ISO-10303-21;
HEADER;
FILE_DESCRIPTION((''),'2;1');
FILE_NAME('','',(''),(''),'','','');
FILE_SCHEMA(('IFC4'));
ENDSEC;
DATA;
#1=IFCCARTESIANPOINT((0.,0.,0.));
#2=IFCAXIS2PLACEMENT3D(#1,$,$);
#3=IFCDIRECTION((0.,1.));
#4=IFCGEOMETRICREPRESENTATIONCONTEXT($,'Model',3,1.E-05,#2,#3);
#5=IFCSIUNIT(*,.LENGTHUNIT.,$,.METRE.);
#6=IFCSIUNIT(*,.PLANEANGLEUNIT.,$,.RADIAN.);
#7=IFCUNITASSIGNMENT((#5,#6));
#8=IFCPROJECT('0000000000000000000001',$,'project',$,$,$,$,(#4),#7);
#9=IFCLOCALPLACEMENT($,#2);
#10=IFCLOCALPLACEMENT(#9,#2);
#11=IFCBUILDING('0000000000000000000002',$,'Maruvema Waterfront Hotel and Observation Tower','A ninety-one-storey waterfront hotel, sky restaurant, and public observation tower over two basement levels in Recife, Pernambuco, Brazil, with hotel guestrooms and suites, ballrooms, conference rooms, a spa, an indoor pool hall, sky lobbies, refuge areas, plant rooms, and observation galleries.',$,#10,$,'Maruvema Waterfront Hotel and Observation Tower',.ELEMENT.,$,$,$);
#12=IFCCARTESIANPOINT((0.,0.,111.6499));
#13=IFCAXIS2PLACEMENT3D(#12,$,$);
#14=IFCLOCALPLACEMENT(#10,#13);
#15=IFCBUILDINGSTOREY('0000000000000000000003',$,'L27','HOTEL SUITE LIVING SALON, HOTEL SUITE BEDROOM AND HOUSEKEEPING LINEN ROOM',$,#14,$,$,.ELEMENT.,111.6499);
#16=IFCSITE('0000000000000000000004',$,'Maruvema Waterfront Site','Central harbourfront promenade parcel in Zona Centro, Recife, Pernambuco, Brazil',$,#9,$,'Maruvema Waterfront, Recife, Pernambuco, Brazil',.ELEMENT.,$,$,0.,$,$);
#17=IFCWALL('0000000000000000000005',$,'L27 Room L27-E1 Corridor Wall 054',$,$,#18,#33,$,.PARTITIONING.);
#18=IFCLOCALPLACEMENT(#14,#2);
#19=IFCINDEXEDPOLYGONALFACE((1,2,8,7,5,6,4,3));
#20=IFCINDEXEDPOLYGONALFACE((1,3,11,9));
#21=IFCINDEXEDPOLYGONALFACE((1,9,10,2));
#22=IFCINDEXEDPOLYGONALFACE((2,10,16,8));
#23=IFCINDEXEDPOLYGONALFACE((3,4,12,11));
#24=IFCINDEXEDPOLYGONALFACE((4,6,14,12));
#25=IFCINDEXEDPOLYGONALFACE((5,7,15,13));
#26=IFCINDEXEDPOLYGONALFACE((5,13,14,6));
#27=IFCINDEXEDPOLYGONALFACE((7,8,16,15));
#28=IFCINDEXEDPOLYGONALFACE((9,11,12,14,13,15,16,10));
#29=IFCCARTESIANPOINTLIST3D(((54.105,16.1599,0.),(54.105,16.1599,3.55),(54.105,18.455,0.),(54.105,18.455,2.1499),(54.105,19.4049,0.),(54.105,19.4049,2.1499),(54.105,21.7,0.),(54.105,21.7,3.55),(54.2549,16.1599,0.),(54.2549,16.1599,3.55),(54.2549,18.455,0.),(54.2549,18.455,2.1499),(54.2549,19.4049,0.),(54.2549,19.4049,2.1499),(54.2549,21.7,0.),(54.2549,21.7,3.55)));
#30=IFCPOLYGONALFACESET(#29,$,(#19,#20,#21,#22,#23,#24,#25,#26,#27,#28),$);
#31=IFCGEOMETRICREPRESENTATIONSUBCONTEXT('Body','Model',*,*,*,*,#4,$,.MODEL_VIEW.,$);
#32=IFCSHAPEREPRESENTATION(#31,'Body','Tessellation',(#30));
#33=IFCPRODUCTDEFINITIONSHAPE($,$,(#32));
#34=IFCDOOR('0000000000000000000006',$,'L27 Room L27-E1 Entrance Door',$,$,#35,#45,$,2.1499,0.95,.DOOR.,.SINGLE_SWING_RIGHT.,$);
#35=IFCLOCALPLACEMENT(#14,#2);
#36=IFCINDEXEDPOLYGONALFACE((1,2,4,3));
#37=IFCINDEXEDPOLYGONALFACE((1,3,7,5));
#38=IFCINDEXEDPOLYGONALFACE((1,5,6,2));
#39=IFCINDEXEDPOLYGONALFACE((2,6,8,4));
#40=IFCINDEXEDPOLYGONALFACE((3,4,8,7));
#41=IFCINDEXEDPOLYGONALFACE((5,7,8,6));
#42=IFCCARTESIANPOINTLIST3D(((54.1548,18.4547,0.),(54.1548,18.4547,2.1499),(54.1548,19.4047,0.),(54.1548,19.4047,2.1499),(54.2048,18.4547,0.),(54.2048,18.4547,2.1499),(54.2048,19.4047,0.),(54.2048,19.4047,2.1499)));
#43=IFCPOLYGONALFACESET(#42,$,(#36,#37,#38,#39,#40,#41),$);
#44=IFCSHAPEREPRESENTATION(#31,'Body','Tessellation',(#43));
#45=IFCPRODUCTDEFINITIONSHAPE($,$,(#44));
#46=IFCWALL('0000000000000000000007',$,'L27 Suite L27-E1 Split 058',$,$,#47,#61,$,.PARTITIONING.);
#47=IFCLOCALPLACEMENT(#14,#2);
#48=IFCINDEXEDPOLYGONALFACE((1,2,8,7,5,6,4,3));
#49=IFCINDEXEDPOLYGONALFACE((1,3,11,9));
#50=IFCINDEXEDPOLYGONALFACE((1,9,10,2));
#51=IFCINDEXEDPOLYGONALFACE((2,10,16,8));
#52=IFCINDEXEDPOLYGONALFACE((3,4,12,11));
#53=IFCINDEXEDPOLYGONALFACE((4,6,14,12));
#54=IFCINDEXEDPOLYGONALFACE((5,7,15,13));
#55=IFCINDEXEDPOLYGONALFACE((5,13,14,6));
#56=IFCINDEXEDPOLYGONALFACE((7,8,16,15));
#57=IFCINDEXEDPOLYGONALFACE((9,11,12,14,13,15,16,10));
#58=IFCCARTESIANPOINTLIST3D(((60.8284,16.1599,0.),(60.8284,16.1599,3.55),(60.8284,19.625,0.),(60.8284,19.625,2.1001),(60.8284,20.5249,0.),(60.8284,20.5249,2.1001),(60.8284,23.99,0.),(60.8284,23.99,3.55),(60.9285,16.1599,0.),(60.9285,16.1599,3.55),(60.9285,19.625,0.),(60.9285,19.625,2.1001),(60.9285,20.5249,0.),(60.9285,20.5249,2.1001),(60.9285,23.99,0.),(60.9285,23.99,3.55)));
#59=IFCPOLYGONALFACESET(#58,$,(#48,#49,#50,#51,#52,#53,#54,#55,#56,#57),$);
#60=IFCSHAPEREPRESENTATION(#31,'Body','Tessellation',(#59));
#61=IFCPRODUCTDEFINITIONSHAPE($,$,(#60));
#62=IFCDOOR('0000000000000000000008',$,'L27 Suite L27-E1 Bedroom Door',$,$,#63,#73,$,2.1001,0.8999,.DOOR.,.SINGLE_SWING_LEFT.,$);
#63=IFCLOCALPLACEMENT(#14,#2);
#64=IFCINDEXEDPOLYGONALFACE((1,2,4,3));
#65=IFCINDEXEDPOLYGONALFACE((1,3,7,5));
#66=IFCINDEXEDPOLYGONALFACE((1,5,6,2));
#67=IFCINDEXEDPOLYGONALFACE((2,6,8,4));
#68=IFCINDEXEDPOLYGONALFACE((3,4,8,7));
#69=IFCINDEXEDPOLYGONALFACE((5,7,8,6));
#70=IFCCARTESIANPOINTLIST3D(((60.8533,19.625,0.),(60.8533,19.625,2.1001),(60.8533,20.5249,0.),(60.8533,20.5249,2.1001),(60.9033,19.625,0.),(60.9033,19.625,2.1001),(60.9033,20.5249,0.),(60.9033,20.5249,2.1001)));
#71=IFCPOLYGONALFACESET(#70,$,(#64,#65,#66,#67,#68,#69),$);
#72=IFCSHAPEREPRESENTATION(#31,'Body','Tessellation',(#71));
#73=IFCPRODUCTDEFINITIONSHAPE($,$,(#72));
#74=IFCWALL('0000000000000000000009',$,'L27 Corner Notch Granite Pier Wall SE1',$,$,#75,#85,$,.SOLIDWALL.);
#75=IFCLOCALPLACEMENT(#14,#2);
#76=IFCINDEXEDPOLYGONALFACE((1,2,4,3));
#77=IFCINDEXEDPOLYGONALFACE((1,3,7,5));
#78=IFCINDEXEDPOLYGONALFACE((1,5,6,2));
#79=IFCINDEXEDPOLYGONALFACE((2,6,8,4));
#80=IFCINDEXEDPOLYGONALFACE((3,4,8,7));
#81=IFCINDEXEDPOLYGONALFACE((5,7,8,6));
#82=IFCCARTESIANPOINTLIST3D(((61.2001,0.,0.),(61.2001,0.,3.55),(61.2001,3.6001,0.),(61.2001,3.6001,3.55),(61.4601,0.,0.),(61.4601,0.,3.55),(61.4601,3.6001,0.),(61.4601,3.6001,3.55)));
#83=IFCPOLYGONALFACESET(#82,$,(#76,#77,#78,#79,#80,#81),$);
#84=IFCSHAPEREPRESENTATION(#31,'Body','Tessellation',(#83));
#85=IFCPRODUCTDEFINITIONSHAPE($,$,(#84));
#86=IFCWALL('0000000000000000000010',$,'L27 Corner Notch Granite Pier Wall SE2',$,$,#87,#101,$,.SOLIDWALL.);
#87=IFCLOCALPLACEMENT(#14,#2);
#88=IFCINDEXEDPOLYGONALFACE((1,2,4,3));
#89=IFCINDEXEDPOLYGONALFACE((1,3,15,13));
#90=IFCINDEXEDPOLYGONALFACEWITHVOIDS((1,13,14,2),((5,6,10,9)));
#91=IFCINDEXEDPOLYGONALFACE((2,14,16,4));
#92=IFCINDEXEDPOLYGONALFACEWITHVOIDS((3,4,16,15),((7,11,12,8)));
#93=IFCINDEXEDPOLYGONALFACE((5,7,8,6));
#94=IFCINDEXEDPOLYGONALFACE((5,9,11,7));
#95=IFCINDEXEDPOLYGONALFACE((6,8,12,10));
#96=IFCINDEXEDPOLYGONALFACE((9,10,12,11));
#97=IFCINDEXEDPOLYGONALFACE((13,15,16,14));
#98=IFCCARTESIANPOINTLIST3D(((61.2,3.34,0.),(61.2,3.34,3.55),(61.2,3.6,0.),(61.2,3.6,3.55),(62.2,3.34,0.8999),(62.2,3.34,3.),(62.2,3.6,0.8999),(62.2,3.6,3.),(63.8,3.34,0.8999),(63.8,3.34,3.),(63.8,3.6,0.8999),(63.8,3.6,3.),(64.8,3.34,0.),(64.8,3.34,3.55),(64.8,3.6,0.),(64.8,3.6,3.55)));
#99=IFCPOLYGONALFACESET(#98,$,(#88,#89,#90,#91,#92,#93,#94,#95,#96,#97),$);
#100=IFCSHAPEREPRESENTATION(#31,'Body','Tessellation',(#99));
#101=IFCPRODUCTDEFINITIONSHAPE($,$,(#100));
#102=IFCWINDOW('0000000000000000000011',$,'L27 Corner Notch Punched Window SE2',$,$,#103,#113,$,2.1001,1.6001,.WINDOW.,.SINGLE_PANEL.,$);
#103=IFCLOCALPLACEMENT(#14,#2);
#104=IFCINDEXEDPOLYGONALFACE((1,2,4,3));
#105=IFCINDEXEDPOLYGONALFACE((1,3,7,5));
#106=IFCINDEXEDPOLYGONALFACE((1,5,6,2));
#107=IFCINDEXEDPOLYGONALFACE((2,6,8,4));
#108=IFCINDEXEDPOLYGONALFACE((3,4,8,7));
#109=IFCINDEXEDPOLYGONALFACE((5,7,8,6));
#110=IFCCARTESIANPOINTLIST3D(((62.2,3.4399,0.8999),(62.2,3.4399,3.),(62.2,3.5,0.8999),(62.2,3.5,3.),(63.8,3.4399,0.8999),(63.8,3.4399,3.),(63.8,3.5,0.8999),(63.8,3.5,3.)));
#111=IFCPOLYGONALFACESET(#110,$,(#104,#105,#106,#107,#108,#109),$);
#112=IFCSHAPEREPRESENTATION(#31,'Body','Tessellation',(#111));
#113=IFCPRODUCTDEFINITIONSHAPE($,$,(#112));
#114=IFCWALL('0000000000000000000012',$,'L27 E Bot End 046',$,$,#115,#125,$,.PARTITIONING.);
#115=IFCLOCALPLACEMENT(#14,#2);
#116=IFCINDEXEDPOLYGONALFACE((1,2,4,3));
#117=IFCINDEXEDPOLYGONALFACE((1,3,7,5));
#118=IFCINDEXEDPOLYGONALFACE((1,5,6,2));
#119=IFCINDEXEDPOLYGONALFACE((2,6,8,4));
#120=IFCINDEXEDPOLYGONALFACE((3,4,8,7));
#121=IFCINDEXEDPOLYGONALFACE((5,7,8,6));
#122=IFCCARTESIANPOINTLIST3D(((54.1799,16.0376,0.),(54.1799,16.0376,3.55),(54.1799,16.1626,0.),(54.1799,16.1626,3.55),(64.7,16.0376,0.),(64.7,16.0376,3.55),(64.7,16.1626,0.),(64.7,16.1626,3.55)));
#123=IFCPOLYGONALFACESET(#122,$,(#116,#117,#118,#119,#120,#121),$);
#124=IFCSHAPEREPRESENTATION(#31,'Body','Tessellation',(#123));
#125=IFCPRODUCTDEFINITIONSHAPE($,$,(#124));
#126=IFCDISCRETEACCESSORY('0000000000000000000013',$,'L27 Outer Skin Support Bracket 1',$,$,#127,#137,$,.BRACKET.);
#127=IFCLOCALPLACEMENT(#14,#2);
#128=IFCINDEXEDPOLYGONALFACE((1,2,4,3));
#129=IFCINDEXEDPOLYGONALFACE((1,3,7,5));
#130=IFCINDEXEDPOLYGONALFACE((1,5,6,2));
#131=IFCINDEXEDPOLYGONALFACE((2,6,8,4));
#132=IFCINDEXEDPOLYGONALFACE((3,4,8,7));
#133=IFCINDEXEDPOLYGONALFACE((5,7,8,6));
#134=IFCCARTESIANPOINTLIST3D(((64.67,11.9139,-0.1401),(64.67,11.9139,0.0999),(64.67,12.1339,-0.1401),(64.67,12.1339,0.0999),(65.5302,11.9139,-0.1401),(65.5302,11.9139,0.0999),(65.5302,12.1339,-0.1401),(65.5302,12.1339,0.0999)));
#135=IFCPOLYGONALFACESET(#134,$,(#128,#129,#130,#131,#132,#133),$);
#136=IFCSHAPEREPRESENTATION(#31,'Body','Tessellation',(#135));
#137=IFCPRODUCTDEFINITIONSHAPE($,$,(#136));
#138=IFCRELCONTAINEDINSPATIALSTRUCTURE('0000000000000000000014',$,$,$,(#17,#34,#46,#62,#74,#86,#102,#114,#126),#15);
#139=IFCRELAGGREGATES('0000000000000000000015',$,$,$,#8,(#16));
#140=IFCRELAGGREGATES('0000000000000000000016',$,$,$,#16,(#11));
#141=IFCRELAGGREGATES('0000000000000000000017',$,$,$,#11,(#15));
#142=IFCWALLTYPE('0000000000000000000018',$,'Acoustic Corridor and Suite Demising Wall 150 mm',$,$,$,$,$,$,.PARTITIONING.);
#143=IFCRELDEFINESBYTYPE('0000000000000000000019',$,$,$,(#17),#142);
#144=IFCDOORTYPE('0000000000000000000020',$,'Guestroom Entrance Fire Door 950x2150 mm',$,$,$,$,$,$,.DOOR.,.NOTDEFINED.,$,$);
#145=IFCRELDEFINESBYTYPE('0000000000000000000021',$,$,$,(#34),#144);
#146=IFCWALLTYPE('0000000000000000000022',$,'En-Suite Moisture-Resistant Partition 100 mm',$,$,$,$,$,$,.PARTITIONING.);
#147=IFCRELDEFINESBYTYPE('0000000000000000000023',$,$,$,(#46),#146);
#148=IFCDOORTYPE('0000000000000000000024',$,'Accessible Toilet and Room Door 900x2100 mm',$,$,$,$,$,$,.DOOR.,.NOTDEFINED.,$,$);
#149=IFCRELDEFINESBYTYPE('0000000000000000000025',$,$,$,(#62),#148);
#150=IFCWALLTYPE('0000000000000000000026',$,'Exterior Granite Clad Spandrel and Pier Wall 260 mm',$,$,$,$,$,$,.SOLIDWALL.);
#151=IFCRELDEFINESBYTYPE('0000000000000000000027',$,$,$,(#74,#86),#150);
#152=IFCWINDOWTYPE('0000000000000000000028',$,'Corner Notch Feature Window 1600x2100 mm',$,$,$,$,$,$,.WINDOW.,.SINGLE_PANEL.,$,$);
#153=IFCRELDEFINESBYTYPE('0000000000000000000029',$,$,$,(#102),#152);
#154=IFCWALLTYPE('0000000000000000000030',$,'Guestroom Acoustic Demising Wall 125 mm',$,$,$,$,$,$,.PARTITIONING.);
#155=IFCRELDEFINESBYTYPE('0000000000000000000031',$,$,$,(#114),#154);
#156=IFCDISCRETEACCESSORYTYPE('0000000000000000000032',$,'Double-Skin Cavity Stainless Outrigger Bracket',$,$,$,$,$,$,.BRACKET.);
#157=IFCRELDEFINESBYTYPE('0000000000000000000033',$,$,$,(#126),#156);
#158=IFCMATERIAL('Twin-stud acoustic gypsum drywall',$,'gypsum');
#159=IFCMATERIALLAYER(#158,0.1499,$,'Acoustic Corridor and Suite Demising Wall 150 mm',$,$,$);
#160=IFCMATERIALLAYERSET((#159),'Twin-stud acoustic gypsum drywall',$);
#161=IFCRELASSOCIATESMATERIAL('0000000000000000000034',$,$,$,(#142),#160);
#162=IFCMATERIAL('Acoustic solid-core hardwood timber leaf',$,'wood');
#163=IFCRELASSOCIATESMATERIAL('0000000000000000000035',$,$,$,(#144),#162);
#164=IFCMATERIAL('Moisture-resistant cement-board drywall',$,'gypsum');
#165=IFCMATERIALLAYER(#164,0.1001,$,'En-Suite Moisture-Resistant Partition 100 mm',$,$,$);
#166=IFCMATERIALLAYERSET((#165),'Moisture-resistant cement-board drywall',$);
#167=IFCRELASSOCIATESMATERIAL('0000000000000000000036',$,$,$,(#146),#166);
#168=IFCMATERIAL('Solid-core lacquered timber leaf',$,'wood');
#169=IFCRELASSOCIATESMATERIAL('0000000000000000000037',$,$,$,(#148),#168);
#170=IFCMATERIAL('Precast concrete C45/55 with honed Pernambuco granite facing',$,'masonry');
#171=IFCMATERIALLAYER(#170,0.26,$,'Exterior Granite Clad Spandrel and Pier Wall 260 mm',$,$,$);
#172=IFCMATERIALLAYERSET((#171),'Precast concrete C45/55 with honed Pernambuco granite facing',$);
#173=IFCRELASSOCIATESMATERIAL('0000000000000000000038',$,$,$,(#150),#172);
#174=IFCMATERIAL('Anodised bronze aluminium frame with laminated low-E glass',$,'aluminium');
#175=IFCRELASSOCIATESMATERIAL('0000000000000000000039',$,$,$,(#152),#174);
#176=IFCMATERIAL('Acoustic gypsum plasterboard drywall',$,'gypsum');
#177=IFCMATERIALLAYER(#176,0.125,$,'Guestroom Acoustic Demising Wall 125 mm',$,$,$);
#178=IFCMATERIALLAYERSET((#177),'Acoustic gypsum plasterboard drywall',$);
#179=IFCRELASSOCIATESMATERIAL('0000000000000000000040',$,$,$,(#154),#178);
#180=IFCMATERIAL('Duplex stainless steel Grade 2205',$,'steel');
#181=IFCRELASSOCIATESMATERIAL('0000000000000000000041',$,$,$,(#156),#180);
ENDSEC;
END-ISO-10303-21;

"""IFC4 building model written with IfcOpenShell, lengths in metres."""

from ifc_helpers import new_model, si_unit, direction, frame, frame_2d, origin, origin_2d, place, context, subcontext, project, spatial, rectangle, extrude, material, layer, layer_set, type_object, element, fill, save


model = new_model("IFC4")

# Units and contexts
model_context = context("Model", 3, precision=1e-05, world=origin(), true_north=direction((0.0, 1.0)))
body_context = subcontext(model_context, "Body", "Model", "MODEL_VIEW")
ifc_project = project(units=[si_unit("LENGTHUNIT", "METRE"), si_unit("PLANEANGLEUNIT", "RADIAN")], contexts=[model_context])

# Site, building, storey
site_placement = place(None, origin())
site = spatial("IfcSite", under=ifc_project, at=site_placement, Name="Maruvema Waterfront Site", Description="Central harbourfront promenade parcel in Zona Centro, Recife, Pernambuco, Brazil", LongName="Maruvema Waterfront, Recife, Pernambuco, Brazil", CompositionType="ELEMENT", RefElevation=0.0)
building_placement = place(site_placement, origin())
building = spatial("IfcBuilding", under=site, at=building_placement, Name="Maruvema Waterfront Hotel and Observation Tower", Description="A ninety-one-storey waterfront hotel, sky restaurant, and public observation tower over two basement levels in Recife, Pernambuco, Brazil, with hotel guestrooms and suites, ballrooms, conference rooms, a spa, an indoor pool hall, sky lobbies, refuge areas, plant rooms, and observation galleries.", LongName="Maruvema Waterfront Hotel and Observation Tower", CompositionType="ELEMENT")
storey_placement = place(building_placement, frame((0.0, 0.0, 111.6499)))
storey = spatial("IfcBuildingStorey", under=building, at=storey_placement, Name="L27", Description="HOTEL SUITE LIVING SALON, HOTEL SUITE BEDROOM AND HOUSEKEEPING LINEN ROOM", CompositionType="ELEMENT", Elevation=111.6499)

# Walls, openings, doors
ifc_material_1 = material(Name="Twin-stud acoustic gypsum drywall", Category="gypsum")
ifc_layer_1 = layer(ifc_material_1, 0.1499, Name="Acoustic Corridor and Suite Demising Wall 150 mm")
ifc_layer_set_1 = layer_set([ifc_layer_1], Name="Twin-stud acoustic gypsum drywall")
wall_type_1 = type_object("IfcWallType", Name="Acoustic Corridor and Suite Demising Wall 150 mm", PredefinedType="PARTITIONING", material=ifc_layer_set_1)
wall_1_placement = place(storey_placement, frame((54.1799, 16.1599, 0.0), z_axis=(0.0, 0.0, 1.0), x_axis=(0.0, 1.0, 0.0)))
wall_1 = element("IfcWall", 1, at=wall_1_placement, inside=storey, type_object=wall_type_1, Name="L27 Room L27-E1 Corridor Wall 054", PredefinedType="PARTITIONING", context=body_context, shape_type="SweptSolid", body=[
    extrude(rectangle(XDim=5.54, YDim=0.1499, at=frame_2d((2.77, 0.0))), origin(), (0.0, 0.0, 1.0), 3.55),
])
opening_1_placement = place(wall_1_placement, frame((2.2949, 0.0, 0.0)))
opening_1 = element("IfcOpeningElement", 2, at=opening_1_placement, cuts=wall_1, PredefinedType="OPENING", context=body_context, shape_type="SweptSolid", body=[
    extrude(rectangle(XDim=0.95, YDim=2.1499, at=frame_2d((0.4751, 1.075))), frame((0.0, 0.085, 0.0), z_axis=(0.0, -1.0, 0.0), x_axis=(1.0, 0.0, 0.0)), (0.0, 0.0, 1.0), 0.1699),
])
ifc_material_2 = material(Name="Acoustic solid-core hardwood timber leaf", Category="wood")
door_type_1 = type_object("IfcDoorType", Name="Guestroom Entrance Fire Door 950x2150 mm", OperationType="NOTDEFINED", PredefinedType="DOOR", material=ifc_material_2)
door_1_placement = place(opening_1_placement, frame((0.95, 0.0, 0.0), z_axis=(0.0, 0.0, 1.0), x_axis=(-1.0, 0.0, 0.0)))
door_1 = element("IfcDoor", 3, at=door_1_placement, inside=storey, type_object=door_type_1, Name="L27 Room L27-E1 Entrance Door", OperationType="SINGLE_SWING_RIGHT", OverallHeight=2.1499, OverallWidth=0.95, PredefinedType="DOOR", context=body_context, shape_type="SweptSolid", body=[
    extrude(rectangle(XDim=0.95, YDim=2.1499, at=frame_2d((0.4751, 1.075))), frame((0.0, 0.0249, 0.0), z_axis=(0.0, -1.0, 0.0), x_axis=(1.0, 0.0, 0.0)), (0.0, 0.0, 1.0), 0.05),
])
fill(opening_1, door_1)
ifc_material_3 = material(Name="Moisture-resistant cement-board drywall", Category="gypsum")
ifc_layer_2 = layer(ifc_material_3, 0.1001, Name="En-Suite Moisture-Resistant Partition 100 mm")
ifc_layer_set_2 = layer_set([ifc_layer_2], Name="Moisture-resistant cement-board drywall")
wall_type_2 = type_object("IfcWallType", Name="En-Suite Moisture-Resistant Partition 100 mm", PredefinedType="PARTITIONING", material=ifc_layer_set_2)
wall_2_placement = place(storey_placement, frame((60.8784, 16.1599, 0.0), z_axis=(0.0, 0.0, 1.0), x_axis=(0.0, 1.0, 0.0)))
wall_2 = element("IfcWall", 4, at=wall_2_placement, inside=storey, type_object=wall_type_2, Name="L27 Suite L27-E1 Split 058", PredefinedType="PARTITIONING", context=body_context, shape_type="SweptSolid", body=[
    extrude(rectangle(XDim=7.8301, YDim=0.1001, at=frame_2d((3.915, 0.0))), origin(), (0.0, 0.0, 1.0), 3.55),
])
opening_2_placement = place(wall_2_placement, frame((3.4651, 0.0, 0.0)))
opening_2 = element("IfcOpeningElement", 5, at=opening_2_placement, cuts=wall_2, PredefinedType="OPENING", context=body_context, shape_type="SweptSolid", body=[
    extrude(rectangle(XDim=0.8999, YDim=2.1001, at=frame_2d((0.45, 1.05))), frame((0.0, 0.0601, 0.0), z_axis=(0.0, -1.0, 0.0), x_axis=(1.0, 0.0, 0.0)), (0.0, 0.0, 1.0), 0.1201),
])
ifc_material_4 = material(Name="Solid-core lacquered timber leaf", Category="wood")
door_type_2 = type_object("IfcDoorType", Name="Accessible Toilet and Room Door 900x2100 mm", OperationType="NOTDEFINED", PredefinedType="DOOR", material=ifc_material_4)
door_2_placement = place(opening_2_placement, frame((0.8999, 0.0, 0.0), z_axis=(0.0, 0.0, 1.0), x_axis=(-1.0, 0.0, 0.0)))
door_2 = element("IfcDoor", 6, at=door_2_placement, inside=storey, type_object=door_type_2, Name="L27 Suite L27-E1 Bedroom Door", OperationType="SINGLE_SWING_LEFT", OverallHeight=2.1001, OverallWidth=0.8999, PredefinedType="DOOR", context=body_context, shape_type="SweptSolid", body=[
    extrude(rectangle(XDim=0.8999, YDim=2.1001, at=frame_2d((0.45, 1.05))), frame((0.0, 0.0249, 0.0), z_axis=(0.0, -1.0, 0.0), x_axis=(1.0, 0.0, 0.0)), (0.0, 0.0, 1.0), 0.05),
])
fill(opening_2, door_2)

# Wall
ifc_material_5 = material(Name="Precast concrete C45/55 with honed Pernambuco granite facing", Category="masonry")
ifc_layer_3 = layer(ifc_material_5, 0.26, Name="Exterior Granite Clad Spandrel and Pier Wall 260 mm")
ifc_layer_set_3 = layer_set([ifc_layer_3], Name="Precast concrete C45/55 with honed Pernambuco granite facing")
wall_type_3 = type_object("IfcWallType", Name="Exterior Granite Clad Spandrel and Pier Wall 260 mm", PredefinedType="SOLIDWALL", material=ifc_layer_set_3)
wall_3_placement = place(storey_placement, frame((61.3301, 3.6001, 0.0), z_axis=(0.0, 0.0, 1.0), x_axis=(0.0, -1.0, 0.0)))
element("IfcWall", 7, at=wall_3_placement, inside=storey, type_object=wall_type_3, Name="L27 Corner Notch Granite Pier Wall SE1", PredefinedType="SOLIDWALL", context=body_context, shape_type="SweptSolid", body=[
    extrude(rectangle(XDim=3.6001, YDim=0.26, at=frame_2d((1.8, 0.0))), origin(), (0.0, 0.0, 1.0), 3.55),
])

# Wall, opening, window
wall_4_placement = place(storey_placement, frame((64.8, 3.47, 0.0), z_axis=(0.0, 0.0, 1.0), x_axis=(-1.0, 0.0, 0.0)))
wall_4 = element("IfcWall", 8, at=wall_4_placement, inside=storey, type_object=wall_type_3, Name="L27 Corner Notch Granite Pier Wall SE2", PredefinedType="SOLIDWALL", context=body_context, shape_type="SweptSolid", body=[
    extrude(rectangle(XDim=3.6001, YDim=0.26, at=frame_2d((1.8, 0.0))), origin(), (0.0, 0.0, 1.0), 3.55),
])
opening_3_placement = place(wall_4_placement, frame((1.0, 0.0, 0.8999)))
opening_3 = element("IfcOpeningElement", 9, at=opening_3_placement, cuts=wall_4, PredefinedType="OPENING", context=body_context, shape_type="SweptSolid", body=[
    extrude(rectangle(XDim=1.6001, YDim=2.1001, at=frame_2d((0.8, 1.05))), frame((0.0, 0.1401, 0.0), z_axis=(0.0, -1.0, 0.0), x_axis=(1.0, 0.0, 0.0)), (0.0, 0.0, 1.0), 0.28),
])
ifc_material_6 = material(Name="Anodised bronze aluminium frame with laminated low-E glass", Category="aluminium")
window_type = type_object("IfcWindowType", Name="Corner Notch Feature Window 1600x2100 mm", PartitioningType="SINGLE_PANEL", PredefinedType="WINDOW", material=ifc_material_6)
window_placement = place(opening_3_placement, origin())
window = element("IfcWindow", 10, at=window_placement, inside=storey, type_object=window_type, Name="L27 Corner Notch Punched Window SE2", OverallHeight=2.1001, OverallWidth=1.6001, PartitioningType="SINGLE_PANEL", PredefinedType="WINDOW", context=body_context, shape_type="SweptSolid", body=[
    extrude(rectangle(XDim=1.6001, YDim=2.1001, at=frame_2d((0.8, 1.05))), frame((0.0, 0.03, 0.0), z_axis=(0.0, -1.0, 0.0), x_axis=(1.0, 0.0, 0.0)), (0.0, 0.0, 1.0), 0.0601),
])
fill(opening_3, window)

# Wall
ifc_material_7 = material(Name="Acoustic gypsum plasterboard drywall", Category="gypsum")
ifc_layer_4 = layer(ifc_material_7, 0.125, Name="Guestroom Acoustic Demising Wall 125 mm")
ifc_layer_set_4 = layer_set([ifc_layer_4], Name="Acoustic gypsum plasterboard drywall")
wall_type_4 = type_object("IfcWallType", Name="Guestroom Acoustic Demising Wall 125 mm", PredefinedType="PARTITIONING", material=ifc_layer_set_4)
wall_5_placement = place(storey_placement, frame((54.1799, 16.1001, 0.0), z_axis=(0.0, 0.0, 1.0), x_axis=(1.0, 0.0, 0.0)))
element("IfcWall", 11, at=wall_5_placement, inside=storey, type_object=wall_type_4, Name="L27 E Bot End 046", PredefinedType="PARTITIONING", context=body_context, shape_type="SweptSolid", body=[
    extrude(rectangle(XDim=10.52, YDim=0.125, at=frame_2d((5.26, 0.0))), origin(), (0.0, 0.0, 1.0), 3.55),
])

# Discrete accessory
ifc_material_8 = material(Name="Duplex stainless steel Grade 2205", Category="steel")
discrete_accessory_type = type_object("IfcDiscreteAccessoryType", Name="Double-Skin Cavity Stainless Outrigger Bracket", PredefinedType="BRACKET", material=ifc_material_8)
discrete_accessory_placement = place(storey_placement, frame((65.1001, 12.0239, -0.1401), z_axis=(0.0, 0.0, 1.0), x_axis=(0.0, 1.0, 0.0)))
element("IfcDiscreteAccessory", 12, at=discrete_accessory_placement, inside=storey, type_object=discrete_accessory_type, Name="L27 Outer Skin Support Bracket 1", PredefinedType="BRACKET", context=body_context, shape_type="SweptSolid", body=[
    extrude(rectangle(XDim=0.22, YDim=0.8601, at=origin_2d()), origin(), (0.0, 0.0, 1.0), 0.24),
])

save(model, "model.ifc")
